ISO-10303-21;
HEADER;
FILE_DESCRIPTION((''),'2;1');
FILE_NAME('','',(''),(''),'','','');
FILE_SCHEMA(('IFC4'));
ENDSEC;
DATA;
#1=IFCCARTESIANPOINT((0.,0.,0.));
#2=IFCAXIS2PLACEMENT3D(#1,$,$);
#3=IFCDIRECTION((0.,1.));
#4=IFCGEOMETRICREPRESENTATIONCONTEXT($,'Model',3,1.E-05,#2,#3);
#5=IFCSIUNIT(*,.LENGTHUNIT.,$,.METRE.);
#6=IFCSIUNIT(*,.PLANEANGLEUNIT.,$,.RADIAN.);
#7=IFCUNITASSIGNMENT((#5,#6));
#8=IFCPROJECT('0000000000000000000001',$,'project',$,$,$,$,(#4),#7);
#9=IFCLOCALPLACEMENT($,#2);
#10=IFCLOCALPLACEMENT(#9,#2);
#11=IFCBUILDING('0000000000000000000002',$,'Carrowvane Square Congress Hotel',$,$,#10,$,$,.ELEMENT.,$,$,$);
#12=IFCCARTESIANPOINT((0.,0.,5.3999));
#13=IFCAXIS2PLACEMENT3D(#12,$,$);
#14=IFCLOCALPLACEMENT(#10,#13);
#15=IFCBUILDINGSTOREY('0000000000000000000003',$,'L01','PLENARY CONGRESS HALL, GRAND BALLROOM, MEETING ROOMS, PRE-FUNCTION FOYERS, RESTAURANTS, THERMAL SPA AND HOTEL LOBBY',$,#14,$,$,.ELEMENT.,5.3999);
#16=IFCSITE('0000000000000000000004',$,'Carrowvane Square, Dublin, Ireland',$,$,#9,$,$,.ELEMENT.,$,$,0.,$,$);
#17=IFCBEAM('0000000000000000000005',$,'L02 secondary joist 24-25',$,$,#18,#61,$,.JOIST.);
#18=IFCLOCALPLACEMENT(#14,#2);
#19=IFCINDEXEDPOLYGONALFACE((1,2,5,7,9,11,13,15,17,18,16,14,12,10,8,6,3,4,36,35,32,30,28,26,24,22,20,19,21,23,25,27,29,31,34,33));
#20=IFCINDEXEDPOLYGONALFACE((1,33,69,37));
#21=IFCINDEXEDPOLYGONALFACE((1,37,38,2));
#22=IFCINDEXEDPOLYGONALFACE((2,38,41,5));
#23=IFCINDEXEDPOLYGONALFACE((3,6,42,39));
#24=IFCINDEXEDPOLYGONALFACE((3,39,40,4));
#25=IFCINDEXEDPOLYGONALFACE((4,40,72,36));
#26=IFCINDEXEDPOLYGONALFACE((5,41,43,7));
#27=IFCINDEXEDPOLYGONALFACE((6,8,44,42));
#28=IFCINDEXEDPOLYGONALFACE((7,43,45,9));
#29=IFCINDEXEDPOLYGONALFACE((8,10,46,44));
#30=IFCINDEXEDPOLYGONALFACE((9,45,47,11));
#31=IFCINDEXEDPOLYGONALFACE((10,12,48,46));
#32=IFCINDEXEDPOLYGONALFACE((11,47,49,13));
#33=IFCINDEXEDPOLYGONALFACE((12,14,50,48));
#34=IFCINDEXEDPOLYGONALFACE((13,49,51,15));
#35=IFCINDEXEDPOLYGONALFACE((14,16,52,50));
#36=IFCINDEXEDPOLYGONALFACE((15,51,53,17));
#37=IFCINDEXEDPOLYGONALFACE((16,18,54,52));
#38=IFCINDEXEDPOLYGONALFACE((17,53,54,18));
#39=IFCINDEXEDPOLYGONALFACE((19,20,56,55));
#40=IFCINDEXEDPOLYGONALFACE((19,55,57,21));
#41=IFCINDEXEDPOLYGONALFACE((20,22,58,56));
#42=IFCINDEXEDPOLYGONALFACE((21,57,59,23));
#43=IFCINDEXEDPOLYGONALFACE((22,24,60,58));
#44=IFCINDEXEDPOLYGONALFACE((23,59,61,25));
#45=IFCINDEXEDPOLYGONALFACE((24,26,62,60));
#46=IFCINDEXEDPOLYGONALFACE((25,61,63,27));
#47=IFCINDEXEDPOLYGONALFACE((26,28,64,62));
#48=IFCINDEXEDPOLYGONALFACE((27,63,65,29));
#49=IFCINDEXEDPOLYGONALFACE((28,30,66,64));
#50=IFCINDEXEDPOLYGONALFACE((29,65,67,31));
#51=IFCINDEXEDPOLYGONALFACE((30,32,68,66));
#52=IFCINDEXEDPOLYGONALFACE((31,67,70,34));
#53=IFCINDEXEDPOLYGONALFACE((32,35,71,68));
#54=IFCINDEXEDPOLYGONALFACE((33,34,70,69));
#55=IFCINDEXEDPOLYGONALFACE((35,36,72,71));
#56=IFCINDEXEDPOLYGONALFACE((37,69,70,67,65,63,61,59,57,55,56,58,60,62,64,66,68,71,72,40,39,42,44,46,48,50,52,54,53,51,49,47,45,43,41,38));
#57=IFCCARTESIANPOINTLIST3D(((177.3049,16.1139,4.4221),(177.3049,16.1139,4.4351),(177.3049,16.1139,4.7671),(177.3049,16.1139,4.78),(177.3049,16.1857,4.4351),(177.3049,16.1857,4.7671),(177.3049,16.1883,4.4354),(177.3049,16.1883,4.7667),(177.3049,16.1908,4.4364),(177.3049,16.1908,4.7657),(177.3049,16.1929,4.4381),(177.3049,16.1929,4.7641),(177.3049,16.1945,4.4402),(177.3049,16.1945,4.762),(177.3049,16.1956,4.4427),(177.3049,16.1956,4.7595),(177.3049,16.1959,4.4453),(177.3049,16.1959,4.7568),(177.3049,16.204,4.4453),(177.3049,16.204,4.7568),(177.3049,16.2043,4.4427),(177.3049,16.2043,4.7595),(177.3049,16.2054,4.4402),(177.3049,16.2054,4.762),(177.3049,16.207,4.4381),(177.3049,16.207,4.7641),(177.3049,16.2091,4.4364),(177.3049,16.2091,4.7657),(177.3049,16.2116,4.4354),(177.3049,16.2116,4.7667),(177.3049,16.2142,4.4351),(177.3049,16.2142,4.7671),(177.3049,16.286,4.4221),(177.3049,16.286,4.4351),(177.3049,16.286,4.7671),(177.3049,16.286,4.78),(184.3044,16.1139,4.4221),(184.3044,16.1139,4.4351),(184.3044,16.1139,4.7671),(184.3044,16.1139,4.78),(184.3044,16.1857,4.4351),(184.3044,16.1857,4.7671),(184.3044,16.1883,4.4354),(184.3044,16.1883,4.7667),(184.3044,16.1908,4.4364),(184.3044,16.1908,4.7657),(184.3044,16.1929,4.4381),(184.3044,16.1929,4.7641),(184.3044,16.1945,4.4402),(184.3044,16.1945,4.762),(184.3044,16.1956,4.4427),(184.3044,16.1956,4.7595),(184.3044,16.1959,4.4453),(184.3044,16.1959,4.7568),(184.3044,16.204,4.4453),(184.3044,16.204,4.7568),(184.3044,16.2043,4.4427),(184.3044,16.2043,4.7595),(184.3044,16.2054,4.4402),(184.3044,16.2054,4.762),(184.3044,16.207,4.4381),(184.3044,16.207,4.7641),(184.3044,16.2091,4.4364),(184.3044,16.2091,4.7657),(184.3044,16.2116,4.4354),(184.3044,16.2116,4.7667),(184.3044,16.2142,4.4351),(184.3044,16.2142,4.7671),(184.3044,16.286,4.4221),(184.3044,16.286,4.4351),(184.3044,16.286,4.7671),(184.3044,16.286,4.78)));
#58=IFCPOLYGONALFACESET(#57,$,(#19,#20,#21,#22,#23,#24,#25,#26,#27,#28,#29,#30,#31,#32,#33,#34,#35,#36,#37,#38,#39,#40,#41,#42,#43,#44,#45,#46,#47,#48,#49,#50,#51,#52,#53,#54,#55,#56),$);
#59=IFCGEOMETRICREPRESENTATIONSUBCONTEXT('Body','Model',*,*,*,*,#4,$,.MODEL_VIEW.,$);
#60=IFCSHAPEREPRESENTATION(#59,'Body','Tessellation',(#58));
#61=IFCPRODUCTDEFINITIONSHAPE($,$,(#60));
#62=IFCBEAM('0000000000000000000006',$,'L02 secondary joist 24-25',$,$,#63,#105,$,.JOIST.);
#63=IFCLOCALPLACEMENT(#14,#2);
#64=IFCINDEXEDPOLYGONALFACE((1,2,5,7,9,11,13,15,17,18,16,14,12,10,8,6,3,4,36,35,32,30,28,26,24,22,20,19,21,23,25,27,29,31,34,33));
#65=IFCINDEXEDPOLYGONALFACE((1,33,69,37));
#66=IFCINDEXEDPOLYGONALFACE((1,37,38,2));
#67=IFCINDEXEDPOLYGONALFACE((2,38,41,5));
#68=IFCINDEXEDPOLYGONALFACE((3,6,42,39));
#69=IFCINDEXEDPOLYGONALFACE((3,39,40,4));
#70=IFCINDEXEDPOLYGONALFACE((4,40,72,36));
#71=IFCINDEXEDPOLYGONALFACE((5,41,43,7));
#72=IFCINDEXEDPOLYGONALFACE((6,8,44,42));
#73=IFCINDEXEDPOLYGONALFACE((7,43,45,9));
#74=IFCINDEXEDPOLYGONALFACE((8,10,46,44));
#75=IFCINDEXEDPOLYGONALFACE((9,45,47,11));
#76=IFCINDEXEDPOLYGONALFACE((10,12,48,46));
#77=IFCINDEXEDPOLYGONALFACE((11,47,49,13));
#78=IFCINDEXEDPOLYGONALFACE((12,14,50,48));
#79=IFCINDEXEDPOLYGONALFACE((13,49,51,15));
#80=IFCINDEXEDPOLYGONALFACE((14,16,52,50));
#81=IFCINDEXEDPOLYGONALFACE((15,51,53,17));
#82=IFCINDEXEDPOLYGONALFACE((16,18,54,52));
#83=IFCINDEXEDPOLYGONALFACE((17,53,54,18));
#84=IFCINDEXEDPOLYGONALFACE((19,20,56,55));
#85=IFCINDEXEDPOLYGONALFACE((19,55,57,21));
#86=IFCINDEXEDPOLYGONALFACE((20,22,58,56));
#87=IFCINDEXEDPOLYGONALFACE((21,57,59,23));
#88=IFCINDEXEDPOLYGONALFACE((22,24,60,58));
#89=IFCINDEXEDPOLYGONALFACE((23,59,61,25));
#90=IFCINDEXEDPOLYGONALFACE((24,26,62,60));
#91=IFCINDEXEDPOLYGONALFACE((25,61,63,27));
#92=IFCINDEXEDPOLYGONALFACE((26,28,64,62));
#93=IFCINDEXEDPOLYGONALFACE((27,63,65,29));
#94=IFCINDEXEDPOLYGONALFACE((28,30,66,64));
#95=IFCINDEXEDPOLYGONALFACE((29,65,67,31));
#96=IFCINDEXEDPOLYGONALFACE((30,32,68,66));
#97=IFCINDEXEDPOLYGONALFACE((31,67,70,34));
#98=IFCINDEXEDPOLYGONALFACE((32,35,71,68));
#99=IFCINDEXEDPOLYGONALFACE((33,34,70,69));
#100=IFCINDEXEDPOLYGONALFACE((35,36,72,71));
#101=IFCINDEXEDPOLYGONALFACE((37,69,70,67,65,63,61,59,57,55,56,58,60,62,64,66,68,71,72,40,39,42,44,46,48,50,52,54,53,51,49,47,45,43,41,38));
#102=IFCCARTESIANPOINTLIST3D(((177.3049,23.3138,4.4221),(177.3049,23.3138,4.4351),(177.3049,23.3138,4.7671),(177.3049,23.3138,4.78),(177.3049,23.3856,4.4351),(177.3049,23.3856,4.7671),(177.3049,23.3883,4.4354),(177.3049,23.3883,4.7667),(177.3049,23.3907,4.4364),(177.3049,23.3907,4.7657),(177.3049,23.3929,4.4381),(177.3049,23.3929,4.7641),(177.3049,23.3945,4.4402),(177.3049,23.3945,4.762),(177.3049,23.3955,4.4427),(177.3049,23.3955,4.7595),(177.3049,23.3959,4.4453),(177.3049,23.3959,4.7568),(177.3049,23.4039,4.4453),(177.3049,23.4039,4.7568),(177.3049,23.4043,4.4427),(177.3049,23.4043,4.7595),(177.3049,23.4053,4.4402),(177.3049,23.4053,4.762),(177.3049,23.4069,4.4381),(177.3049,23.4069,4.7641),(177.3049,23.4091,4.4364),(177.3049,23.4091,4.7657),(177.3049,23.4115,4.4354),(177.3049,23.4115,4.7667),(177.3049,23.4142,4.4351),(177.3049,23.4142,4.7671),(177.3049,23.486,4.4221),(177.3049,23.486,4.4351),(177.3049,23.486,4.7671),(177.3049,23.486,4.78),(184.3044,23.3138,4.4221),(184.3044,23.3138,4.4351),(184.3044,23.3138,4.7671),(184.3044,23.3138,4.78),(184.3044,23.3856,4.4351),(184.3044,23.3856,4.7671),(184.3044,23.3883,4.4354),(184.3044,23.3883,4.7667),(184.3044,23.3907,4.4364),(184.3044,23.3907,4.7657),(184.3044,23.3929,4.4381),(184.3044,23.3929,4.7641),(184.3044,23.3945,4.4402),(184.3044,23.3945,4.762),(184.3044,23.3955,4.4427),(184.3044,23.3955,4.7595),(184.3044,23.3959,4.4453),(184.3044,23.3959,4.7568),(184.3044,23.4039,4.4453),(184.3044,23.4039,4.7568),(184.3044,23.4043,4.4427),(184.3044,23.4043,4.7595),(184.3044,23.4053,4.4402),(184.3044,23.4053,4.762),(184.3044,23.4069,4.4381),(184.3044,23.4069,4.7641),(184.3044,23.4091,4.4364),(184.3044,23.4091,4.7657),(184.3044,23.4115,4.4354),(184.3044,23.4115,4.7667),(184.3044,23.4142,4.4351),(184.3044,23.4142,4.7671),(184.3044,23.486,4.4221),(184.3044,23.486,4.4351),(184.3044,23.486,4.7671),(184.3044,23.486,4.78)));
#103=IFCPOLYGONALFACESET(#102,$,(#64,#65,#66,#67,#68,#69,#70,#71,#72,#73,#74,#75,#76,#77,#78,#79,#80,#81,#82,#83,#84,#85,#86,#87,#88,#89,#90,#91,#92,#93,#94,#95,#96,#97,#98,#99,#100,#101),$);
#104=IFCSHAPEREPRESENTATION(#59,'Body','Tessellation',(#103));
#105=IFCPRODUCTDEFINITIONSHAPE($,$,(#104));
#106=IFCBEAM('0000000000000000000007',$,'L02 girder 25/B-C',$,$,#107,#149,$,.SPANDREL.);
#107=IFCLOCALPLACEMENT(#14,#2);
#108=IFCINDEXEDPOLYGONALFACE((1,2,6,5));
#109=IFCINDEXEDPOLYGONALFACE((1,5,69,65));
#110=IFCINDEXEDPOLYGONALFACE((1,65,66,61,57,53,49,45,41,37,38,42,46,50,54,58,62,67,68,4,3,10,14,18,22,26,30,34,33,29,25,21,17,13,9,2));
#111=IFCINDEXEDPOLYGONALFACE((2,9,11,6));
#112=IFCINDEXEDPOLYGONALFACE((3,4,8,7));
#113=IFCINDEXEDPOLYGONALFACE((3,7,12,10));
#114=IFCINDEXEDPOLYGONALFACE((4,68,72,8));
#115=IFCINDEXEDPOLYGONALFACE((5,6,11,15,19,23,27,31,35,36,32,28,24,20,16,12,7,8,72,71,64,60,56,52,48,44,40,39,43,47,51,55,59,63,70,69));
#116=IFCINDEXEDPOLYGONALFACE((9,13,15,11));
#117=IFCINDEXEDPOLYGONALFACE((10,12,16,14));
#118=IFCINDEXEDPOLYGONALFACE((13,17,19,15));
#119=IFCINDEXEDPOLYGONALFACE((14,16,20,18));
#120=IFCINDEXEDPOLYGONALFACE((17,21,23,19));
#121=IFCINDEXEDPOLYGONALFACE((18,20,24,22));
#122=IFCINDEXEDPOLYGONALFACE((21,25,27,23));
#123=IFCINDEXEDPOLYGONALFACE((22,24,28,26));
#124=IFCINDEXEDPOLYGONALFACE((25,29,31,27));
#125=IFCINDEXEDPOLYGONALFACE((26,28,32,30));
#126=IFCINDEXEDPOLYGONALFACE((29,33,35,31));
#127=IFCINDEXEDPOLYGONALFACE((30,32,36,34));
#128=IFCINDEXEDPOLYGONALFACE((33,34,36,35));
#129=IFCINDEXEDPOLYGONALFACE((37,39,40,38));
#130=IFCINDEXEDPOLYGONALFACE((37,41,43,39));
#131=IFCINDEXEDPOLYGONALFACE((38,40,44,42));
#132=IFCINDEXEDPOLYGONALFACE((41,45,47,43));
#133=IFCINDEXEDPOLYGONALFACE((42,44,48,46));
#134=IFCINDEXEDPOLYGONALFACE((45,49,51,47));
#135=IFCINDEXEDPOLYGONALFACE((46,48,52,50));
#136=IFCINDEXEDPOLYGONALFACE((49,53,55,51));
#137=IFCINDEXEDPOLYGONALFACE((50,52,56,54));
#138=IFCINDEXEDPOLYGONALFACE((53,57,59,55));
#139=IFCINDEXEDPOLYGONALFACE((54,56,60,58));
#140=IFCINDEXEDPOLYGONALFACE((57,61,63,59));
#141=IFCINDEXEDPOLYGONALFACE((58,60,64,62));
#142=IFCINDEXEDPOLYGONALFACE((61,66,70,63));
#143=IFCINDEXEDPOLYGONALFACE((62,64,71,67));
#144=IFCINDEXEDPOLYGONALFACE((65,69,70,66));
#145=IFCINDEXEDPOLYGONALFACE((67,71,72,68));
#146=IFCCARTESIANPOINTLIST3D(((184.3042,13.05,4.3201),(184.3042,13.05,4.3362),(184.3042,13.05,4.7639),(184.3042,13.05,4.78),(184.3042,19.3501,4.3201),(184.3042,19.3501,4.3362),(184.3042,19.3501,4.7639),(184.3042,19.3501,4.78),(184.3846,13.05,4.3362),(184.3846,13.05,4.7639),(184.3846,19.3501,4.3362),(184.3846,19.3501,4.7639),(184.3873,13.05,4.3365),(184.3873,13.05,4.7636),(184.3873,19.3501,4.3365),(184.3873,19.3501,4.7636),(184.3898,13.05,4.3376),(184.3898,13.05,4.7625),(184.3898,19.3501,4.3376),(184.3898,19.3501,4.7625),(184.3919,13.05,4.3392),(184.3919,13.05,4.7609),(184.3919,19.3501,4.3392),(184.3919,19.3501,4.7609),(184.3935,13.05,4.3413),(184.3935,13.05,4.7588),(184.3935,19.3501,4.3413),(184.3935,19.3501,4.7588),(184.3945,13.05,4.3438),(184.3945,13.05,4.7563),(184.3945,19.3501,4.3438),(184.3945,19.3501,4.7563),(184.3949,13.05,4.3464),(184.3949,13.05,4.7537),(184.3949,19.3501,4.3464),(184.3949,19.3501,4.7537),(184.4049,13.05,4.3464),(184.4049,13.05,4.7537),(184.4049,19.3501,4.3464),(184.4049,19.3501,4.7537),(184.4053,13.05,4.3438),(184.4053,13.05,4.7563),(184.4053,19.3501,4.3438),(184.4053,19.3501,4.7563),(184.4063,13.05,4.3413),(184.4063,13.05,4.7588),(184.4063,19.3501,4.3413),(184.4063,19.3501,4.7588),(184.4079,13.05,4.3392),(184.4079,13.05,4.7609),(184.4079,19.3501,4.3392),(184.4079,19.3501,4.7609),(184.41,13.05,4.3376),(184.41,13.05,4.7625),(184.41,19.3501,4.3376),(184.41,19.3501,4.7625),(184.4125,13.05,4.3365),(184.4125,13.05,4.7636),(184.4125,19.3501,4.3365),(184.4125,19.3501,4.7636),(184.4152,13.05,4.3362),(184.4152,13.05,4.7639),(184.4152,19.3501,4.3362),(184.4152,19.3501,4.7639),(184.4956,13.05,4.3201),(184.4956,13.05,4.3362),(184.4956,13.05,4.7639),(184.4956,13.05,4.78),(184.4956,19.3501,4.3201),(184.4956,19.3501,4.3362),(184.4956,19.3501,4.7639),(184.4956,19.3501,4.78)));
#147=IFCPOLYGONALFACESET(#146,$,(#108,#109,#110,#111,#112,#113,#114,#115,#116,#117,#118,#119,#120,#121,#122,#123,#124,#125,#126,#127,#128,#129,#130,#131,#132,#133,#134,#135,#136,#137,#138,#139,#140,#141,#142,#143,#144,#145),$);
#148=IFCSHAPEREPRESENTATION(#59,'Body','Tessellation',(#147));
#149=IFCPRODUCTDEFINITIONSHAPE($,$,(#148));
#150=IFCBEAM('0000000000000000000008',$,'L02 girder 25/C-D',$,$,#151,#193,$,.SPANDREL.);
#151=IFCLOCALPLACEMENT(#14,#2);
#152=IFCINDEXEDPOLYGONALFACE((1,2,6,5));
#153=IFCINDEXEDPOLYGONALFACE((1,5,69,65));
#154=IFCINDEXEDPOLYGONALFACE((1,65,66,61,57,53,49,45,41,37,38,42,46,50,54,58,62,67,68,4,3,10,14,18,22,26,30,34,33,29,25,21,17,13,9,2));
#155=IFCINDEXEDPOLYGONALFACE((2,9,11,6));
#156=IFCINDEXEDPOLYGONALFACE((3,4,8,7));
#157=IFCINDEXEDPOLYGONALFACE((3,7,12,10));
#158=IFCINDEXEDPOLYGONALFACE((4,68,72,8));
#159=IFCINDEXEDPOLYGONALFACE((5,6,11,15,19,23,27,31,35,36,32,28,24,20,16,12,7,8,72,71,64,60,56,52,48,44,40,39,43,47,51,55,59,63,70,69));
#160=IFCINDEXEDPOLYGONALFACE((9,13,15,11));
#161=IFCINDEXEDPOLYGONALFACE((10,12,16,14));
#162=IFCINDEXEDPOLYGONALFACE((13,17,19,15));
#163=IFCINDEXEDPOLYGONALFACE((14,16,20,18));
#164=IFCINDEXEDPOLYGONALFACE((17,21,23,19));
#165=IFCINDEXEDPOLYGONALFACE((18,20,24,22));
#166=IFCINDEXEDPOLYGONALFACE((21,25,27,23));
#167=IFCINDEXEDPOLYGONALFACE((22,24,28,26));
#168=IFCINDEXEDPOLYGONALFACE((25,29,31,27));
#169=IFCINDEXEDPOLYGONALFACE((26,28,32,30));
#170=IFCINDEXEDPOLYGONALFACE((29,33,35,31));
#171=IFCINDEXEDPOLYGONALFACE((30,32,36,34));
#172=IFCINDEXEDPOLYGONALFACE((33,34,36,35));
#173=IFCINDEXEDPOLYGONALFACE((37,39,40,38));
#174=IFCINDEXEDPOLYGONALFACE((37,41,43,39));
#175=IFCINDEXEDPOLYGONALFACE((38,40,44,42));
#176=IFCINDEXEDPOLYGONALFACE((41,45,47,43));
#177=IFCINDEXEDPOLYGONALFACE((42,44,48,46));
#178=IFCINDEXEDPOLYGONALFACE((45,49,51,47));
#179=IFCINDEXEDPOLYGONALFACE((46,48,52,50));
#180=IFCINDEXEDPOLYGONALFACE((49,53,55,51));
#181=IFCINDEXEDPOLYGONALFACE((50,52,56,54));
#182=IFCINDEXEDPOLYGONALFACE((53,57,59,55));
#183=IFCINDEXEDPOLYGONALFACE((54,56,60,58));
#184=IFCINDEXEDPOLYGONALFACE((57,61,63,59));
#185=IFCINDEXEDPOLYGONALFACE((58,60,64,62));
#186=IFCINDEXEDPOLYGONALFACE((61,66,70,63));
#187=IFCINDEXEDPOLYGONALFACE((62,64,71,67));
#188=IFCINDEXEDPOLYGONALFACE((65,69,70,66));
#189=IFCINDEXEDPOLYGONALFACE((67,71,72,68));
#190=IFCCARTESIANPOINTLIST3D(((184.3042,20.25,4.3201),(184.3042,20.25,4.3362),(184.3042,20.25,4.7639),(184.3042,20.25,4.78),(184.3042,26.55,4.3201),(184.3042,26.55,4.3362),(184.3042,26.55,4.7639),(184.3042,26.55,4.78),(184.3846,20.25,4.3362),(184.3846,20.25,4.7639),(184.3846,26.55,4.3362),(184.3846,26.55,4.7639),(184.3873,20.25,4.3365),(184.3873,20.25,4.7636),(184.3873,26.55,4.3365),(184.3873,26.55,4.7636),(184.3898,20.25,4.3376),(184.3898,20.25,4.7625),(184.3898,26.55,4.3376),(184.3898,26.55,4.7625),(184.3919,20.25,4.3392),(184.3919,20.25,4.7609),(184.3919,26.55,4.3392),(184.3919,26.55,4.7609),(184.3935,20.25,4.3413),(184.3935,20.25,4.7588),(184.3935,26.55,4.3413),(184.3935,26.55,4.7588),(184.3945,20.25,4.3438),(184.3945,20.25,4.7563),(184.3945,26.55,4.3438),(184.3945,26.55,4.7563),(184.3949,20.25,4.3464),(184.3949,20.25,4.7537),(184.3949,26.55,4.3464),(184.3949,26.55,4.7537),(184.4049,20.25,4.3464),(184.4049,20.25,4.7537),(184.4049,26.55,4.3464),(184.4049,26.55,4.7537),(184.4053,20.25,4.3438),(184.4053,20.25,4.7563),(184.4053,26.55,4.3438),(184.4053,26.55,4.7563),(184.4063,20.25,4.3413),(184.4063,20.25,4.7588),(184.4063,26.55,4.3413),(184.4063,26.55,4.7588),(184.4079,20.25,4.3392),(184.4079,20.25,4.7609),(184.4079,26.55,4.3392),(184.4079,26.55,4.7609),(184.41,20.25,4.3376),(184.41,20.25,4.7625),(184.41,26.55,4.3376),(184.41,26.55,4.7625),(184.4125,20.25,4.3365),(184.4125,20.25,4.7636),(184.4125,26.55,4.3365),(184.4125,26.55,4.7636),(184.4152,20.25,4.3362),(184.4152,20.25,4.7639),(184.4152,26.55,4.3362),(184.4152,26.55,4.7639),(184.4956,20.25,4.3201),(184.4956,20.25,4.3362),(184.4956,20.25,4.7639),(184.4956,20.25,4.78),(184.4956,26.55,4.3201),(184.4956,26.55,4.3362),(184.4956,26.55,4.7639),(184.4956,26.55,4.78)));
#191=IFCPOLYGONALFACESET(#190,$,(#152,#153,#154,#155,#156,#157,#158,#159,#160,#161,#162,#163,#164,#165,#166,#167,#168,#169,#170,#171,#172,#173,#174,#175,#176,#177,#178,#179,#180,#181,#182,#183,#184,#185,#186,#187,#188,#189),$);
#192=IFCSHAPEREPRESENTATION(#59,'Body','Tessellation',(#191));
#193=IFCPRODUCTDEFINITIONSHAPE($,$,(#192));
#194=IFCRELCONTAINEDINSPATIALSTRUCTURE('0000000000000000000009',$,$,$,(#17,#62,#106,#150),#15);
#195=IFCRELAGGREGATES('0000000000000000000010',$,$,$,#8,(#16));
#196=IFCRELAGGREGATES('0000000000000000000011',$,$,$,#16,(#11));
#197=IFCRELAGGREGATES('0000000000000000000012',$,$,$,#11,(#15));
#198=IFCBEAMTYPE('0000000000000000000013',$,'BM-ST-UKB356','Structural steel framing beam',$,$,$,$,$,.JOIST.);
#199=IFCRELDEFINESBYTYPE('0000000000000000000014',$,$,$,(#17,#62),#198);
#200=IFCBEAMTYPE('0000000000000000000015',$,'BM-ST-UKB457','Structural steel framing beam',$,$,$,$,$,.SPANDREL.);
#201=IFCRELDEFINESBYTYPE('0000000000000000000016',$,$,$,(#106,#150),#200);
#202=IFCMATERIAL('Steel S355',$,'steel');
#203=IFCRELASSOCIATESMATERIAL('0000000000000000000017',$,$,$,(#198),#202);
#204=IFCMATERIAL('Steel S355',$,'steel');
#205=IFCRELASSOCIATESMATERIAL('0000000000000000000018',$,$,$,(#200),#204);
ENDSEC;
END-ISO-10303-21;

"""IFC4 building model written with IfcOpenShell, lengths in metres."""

from ifc_helpers import new_model, si_unit, direction, frame, origin, origin_2d, place, context, subcontext, project, spatial, i_section, extrude, material, material_profile, profile_set, type_object, element, save


model = new_model("IFC4")

# Units and contexts
model_context = context("Model", 3, precision=1e-05, world=origin(), true_north=direction((0.0, 1.0)))
body_context = subcontext(model_context, "Body", "Model", "MODEL_VIEW")
ifc_project = project(units=[si_unit("LENGTHUNIT", "METRE"), si_unit("PLANEANGLEUNIT", "RADIAN")], contexts=[model_context])

# Site, building, storey
site_placement = place(None, origin())
site = spatial("IfcSite", under=ifc_project, at=site_placement, Name="Carrowvane Square, Dublin, Ireland", CompositionType="ELEMENT", RefElevation=0.0)
building_placement = place(site_placement, origin())
building = spatial("IfcBuilding", under=site, at=building_placement, Name="Carrowvane Square Congress Hotel", CompositionType="ELEMENT")
storey_placement = place(building_placement, frame((0.0, 0.0, 5.3999)))
storey = spatial("IfcBuildingStorey", under=building, at=storey_placement, Name="L01", Description="PLENARY CONGRESS HALL, GRAND BALLROOM, MEETING ROOMS, PRE-FUNCTION FOYERS, RESTAURANTS, THERMAL SPA AND HOTEL LOBBY", CompositionType="ELEMENT", Elevation=5.3999)

# Beams
ifc_material_1 = material(Name="Steel S355", Category="steel")
ifc_material_profile_1 = material_profile(ifc_material_1, i_section(OverallWidth=0.1721, OverallDepth=0.3579, WebThickness=0.0081, FlangeThickness=0.0129, FilletRadius=0.0103, at=origin_2d()), Name="UKB 356x171x57")
ifc_profile_set_1 = profile_set([ifc_material_profile_1], Name="Steel S355")
beam_type_1 = type_object("IfcBeamType", Name="BM-ST-UKB356", Description="Structural steel framing beam", PredefinedType="JOIST", material=ifc_profile_set_1)
for number, where, z_axis, x_axis, name in (
    (1, (177.3049, 16.2, 4.6011), (1.0, 0.0, 0.0), (0.0, 1.0, 0.0), "L02 secondary joist 24-25"),
    (2, (177.3049, 23.3999, 4.6011), (1.0, 0.0, 0.0), (0.0, 1.0, 0.0), "L02 secondary joist 24-25"),
):
    element("IfcBeam", number, at=place(storey_placement, frame(where, z_axis=z_axis, x_axis=x_axis)), inside=storey, type_object=beam_type_1, Name=name, PredefinedType="JOIST", context=body_context, shape_type="SweptSolid", body=[
        extrude(i_section(OverallWidth=0.1721, OverallDepth=0.3579, WebThickness=0.0081, FlangeThickness=0.0129, FilletRadius=0.0103, at=origin_2d()), origin(), (0.0, 0.0, 1.0), 6.9995),
    ])
ifc_material_2 = material(Name="Steel S355", Category="steel")
ifc_material_profile_2 = material_profile(ifc_material_2, i_section(OverallWidth=0.1914, OverallDepth=0.46, WebThickness=0.01, FlangeThickness=0.0161, FilletRadius=0.0103, at=origin_2d()), Name="UKB 457x191x82")
ifc_profile_set_2 = profile_set([ifc_material_profile_2], Name="Steel S355")
beam_type_2 = type_object("IfcBeamType", Name="BM-ST-UKB457", Description="Structural steel framing beam", PredefinedType="SPANDREL", material=ifc_profile_set_2)
for number, where, z_axis, x_axis, name in (
    (3, (184.3999, 13.05, 4.55), (0.0, 1.0, 0.0), (-1.0, 0.0, 0.0), "L02 girder 25/B-C"),
    (4, (184.3999, 20.25, 4.55), (0.0, 1.0, 0.0), (-1.0, 0.0, 0.0), "L02 girder 25/C-D"),
):
    element("IfcBeam", number, at=place(storey_placement, frame(where, z_axis=z_axis, x_axis=x_axis)), inside=storey, type_object=beam_type_2, Name=name, PredefinedType="SPANDREL", context=body_context, shape_type="SweptSolid", body=[
        extrude(i_section(OverallWidth=0.1914, OverallDepth=0.46, WebThickness=0.01, FlangeThickness=0.0161, FilletRadius=0.0103, at=origin_2d()), origin(), (0.0, 0.0, 1.0), 6.3),
    ])

save(model, "model.ifc")
